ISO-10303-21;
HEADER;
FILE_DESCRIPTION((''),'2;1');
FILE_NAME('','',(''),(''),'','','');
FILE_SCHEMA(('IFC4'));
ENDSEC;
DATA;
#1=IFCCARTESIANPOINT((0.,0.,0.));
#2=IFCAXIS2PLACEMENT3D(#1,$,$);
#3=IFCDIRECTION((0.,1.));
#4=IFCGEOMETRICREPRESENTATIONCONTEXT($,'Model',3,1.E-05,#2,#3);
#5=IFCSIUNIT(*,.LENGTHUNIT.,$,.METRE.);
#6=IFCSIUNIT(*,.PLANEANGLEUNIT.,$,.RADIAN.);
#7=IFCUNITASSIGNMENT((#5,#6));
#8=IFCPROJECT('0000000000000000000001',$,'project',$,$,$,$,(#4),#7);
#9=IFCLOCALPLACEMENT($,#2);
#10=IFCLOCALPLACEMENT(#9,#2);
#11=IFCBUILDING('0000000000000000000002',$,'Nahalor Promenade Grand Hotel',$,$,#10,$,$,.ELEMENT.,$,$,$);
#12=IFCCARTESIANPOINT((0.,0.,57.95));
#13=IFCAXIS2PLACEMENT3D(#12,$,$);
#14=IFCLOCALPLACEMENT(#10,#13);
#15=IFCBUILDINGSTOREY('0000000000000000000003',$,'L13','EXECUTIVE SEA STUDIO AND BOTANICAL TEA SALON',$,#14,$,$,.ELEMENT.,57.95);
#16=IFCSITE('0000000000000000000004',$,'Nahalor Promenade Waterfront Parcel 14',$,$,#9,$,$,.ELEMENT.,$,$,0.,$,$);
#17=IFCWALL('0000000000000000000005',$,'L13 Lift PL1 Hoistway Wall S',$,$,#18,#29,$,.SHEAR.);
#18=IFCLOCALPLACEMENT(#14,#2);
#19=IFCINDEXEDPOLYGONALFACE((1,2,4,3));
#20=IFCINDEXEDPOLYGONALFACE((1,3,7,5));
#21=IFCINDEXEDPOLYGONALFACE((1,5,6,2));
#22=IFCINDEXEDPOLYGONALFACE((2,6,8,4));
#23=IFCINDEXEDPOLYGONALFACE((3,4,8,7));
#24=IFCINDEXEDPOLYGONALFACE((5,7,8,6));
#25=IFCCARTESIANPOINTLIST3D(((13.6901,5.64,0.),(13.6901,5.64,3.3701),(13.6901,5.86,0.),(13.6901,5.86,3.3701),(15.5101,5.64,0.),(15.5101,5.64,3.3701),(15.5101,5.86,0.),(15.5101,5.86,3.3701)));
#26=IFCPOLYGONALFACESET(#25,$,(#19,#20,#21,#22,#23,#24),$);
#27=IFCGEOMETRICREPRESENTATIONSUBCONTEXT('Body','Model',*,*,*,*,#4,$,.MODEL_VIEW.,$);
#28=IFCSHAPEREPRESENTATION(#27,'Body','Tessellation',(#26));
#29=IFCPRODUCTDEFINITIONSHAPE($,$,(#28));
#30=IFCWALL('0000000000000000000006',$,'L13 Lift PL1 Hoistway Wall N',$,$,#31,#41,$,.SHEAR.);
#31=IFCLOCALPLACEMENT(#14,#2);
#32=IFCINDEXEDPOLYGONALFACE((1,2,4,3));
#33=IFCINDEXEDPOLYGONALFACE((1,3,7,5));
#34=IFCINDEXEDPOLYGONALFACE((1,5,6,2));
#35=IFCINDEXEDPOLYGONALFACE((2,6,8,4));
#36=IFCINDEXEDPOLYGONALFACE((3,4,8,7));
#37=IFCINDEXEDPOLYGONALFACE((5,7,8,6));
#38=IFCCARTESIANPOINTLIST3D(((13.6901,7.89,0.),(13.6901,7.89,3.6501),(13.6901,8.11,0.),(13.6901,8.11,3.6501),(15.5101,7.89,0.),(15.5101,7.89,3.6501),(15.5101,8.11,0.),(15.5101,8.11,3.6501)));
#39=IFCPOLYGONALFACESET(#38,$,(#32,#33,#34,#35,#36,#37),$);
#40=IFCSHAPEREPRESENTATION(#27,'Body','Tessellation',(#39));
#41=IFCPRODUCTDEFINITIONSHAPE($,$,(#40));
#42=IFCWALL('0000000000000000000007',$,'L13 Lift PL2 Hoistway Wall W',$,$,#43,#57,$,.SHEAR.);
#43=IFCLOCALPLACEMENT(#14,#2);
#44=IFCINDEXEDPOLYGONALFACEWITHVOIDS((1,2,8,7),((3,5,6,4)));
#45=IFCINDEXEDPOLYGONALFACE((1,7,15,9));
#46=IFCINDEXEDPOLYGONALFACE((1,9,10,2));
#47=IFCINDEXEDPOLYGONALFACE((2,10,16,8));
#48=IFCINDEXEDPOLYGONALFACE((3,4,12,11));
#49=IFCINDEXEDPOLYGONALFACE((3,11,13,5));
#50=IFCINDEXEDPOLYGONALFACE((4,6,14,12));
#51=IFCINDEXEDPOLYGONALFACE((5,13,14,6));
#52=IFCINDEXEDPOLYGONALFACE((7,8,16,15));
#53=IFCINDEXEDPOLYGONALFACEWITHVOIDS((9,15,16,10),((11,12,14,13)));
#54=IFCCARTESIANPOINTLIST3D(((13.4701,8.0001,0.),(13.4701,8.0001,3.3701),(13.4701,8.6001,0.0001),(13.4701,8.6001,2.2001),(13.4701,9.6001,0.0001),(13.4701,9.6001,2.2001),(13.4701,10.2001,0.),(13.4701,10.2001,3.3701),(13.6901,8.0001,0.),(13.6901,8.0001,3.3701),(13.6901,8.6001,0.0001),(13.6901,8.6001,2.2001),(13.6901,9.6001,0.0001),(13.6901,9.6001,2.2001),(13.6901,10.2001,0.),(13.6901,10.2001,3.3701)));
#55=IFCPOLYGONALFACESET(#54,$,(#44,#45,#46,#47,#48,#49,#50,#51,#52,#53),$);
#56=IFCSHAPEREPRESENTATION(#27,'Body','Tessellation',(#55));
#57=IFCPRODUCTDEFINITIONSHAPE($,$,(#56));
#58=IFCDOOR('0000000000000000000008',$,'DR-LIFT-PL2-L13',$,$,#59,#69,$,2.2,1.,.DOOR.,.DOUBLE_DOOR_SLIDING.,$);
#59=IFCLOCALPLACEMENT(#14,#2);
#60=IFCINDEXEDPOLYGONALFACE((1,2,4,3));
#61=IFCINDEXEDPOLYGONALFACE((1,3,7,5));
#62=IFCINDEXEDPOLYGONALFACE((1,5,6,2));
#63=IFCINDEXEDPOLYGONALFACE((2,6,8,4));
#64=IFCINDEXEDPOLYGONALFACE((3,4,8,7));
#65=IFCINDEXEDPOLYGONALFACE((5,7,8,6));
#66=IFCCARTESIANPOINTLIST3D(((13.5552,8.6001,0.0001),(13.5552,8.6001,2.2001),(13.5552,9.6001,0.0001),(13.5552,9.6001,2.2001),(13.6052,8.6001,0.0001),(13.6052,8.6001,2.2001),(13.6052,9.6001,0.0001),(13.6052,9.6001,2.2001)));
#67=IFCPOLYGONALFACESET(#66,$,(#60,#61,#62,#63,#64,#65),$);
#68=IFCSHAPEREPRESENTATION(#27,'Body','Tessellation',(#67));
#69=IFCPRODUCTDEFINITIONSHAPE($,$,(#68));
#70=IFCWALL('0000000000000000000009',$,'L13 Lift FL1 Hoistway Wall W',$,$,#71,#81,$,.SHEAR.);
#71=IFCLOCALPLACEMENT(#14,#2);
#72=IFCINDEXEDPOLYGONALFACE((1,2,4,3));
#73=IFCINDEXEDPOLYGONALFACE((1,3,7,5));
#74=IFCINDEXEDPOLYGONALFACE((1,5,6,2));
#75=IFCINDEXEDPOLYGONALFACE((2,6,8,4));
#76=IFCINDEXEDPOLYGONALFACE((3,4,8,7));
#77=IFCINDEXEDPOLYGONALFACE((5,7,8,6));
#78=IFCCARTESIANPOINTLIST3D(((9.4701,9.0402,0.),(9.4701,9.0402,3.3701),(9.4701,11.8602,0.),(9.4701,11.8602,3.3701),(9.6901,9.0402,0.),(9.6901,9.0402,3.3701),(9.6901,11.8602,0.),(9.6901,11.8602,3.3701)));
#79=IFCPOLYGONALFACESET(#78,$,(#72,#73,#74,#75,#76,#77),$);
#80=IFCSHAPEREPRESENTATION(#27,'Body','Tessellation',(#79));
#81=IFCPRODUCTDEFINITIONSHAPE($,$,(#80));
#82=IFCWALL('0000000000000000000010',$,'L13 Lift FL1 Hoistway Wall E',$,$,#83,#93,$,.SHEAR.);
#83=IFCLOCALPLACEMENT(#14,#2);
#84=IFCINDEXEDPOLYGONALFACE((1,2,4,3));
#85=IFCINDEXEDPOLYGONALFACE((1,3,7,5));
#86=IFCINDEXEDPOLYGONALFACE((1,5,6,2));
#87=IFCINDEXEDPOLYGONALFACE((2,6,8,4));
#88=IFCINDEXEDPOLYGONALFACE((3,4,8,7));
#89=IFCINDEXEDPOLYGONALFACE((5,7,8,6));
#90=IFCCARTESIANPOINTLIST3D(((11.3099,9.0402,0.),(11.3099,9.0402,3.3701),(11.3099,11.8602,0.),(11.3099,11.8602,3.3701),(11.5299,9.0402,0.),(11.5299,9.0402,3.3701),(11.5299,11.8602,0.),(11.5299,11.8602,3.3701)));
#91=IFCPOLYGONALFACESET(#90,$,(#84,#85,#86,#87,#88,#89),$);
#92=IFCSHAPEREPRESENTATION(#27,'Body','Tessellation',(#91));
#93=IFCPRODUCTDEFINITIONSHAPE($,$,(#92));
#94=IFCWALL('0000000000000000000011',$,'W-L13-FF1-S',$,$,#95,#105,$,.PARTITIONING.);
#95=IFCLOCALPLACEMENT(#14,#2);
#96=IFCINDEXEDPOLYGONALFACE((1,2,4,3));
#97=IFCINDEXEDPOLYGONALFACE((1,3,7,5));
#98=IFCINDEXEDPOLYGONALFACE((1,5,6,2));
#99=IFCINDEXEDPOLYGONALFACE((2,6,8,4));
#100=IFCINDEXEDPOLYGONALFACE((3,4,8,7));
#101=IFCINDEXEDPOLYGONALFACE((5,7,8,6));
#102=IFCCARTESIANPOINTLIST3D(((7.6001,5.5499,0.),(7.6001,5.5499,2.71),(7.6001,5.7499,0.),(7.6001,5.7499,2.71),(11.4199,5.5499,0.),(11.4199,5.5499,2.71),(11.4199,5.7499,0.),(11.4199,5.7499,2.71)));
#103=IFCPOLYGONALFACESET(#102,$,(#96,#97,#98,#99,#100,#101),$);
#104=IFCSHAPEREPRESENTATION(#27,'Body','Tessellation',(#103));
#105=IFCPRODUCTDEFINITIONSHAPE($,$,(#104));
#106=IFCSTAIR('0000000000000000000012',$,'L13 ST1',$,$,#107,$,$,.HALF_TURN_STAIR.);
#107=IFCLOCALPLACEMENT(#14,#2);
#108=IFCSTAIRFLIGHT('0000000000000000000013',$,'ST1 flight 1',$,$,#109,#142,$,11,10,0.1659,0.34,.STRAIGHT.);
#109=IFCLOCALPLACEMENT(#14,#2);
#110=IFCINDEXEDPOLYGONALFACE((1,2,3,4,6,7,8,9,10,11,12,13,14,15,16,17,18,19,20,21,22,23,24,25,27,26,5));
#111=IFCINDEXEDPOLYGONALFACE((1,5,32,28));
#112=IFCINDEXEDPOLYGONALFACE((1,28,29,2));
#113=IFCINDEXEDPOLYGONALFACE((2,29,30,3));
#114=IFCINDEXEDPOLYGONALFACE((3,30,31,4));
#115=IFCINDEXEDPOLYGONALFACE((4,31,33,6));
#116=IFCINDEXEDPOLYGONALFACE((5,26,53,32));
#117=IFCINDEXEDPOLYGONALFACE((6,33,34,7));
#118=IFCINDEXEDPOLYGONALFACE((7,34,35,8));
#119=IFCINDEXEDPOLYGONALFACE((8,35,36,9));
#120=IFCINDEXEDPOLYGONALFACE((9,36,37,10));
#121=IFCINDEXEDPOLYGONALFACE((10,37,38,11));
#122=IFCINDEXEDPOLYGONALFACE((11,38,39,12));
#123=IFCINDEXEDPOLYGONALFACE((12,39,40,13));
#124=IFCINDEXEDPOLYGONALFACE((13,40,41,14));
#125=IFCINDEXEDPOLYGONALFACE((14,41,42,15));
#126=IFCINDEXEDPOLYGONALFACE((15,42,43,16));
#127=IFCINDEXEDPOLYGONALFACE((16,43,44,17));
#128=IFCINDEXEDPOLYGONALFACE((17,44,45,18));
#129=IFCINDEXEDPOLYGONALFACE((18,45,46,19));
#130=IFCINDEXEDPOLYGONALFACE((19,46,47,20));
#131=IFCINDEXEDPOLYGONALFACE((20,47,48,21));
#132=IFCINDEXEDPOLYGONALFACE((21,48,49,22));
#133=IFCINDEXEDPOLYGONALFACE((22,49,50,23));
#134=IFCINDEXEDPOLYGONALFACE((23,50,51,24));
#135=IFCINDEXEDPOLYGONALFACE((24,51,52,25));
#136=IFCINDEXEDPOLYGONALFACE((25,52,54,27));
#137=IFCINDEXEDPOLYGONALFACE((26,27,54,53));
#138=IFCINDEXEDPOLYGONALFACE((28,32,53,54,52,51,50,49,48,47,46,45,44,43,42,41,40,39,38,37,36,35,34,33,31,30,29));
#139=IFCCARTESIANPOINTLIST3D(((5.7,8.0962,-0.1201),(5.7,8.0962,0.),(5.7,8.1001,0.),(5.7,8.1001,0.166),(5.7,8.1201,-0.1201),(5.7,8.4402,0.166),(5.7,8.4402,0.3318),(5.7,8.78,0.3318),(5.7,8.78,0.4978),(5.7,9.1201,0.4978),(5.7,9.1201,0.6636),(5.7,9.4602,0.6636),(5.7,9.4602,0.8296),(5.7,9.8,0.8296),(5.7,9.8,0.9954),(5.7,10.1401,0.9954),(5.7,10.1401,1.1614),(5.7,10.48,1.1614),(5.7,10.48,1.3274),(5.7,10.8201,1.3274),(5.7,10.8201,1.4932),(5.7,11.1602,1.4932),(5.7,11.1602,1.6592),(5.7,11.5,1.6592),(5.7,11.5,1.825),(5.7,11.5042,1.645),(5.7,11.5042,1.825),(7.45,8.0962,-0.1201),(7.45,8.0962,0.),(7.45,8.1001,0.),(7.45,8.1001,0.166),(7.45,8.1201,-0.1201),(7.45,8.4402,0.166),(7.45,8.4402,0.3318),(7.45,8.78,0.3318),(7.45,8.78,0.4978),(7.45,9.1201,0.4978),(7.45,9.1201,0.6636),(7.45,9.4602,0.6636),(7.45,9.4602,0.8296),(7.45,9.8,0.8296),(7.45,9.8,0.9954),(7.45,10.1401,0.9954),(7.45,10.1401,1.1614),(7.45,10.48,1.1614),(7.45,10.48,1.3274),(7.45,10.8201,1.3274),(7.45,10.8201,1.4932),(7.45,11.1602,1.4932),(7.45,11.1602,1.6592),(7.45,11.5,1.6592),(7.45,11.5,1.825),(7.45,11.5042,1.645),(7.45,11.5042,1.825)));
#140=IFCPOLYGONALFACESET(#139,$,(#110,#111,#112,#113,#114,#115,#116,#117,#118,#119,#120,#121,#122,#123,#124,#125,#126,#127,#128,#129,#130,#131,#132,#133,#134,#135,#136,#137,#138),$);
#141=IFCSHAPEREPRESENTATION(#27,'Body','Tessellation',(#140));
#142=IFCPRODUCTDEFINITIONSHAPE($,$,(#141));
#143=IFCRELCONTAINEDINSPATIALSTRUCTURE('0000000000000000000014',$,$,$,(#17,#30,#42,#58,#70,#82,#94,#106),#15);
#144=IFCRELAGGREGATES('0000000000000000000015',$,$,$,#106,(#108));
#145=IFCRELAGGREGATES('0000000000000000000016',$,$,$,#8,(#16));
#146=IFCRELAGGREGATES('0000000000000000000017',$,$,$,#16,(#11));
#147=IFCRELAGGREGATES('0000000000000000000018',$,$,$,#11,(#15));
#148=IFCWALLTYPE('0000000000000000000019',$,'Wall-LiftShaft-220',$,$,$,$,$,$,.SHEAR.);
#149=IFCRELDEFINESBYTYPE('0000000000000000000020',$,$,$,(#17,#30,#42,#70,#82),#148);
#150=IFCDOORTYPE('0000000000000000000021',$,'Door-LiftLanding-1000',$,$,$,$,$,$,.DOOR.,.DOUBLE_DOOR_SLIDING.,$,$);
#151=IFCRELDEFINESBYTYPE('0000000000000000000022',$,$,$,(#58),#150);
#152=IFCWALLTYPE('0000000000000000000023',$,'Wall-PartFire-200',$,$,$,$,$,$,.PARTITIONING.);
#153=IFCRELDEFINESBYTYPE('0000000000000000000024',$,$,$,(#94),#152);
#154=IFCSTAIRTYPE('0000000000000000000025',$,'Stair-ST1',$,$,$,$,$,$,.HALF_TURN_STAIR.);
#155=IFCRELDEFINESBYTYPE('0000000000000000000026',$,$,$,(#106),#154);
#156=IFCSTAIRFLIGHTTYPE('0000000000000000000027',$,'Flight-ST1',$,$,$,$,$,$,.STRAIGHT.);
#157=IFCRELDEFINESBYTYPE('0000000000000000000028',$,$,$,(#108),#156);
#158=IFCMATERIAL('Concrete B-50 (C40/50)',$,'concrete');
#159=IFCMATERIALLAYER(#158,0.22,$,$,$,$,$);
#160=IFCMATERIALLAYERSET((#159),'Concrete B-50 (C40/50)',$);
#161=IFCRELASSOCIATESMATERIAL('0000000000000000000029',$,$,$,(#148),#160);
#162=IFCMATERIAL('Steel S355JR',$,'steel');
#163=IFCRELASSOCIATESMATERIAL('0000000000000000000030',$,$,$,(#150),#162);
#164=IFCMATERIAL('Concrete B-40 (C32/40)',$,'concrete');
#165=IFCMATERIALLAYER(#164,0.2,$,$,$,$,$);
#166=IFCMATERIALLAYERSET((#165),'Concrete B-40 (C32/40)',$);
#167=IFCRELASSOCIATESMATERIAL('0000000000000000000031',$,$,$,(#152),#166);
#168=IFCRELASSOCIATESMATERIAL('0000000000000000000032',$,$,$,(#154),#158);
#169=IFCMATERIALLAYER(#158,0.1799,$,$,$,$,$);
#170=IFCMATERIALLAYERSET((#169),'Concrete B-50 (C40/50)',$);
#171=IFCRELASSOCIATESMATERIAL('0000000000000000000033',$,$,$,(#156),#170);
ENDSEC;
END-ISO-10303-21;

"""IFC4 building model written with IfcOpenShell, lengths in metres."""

from ifc_helpers import new_model, si_unit, direction, frame, frame_2d, origin, place, context, subcontext, project, spatial, polyline, rectangle, outline, extrude, source, transform, mapped, material, layer, layer_set, type_object, element, fill, aggregate, save


model = new_model("IFC4")

# Units and contexts
model_context = context("Model", 3, precision=1e-05, world=origin(), true_north=direction((0.0, 1.0)))
body_context = subcontext(model_context, "Body", "Model", "MODEL_VIEW")
ifc_project = project(units=[si_unit("LENGTHUNIT", "METRE"), si_unit("PLANEANGLEUNIT", "RADIAN")], contexts=[model_context])

# Site, building, storey
site_placement = place(None, origin())
site = spatial("IfcSite", under=ifc_project, at=site_placement, Name="Nahalor Promenade Waterfront Parcel 14", CompositionType="ELEMENT", RefElevation=0.0)
building_placement = place(site_placement, origin())
building = spatial("IfcBuilding", under=site, at=building_placement, Name="Nahalor Promenade Grand Hotel", CompositionType="ELEMENT")
storey_placement = place(building_placement, frame((0.0, 0.0, 57.95)))
storey = spatial("IfcBuildingStorey", under=building, at=storey_placement, Name="L13", Description="EXECUTIVE SEA STUDIO AND BOTANICAL TEA SALON", CompositionType="ELEMENT", Elevation=57.95)

# Shared definitions
ifc_material_1 = material(Name="Steel S355JR", Category="steel")

# Shared definitions
ifc_material_2 = material(Name="Concrete B-50 (C40/50)", Category="concrete")
ifc_layer_1 = layer(ifc_material_2, 0.22)
ifc_layer_set_1 = layer_set([ifc_layer_1], Name="Concrete B-50 (C40/50)")
wall_type_1 = type_object("IfcWallType", Name="Wall-LiftShaft-220", PredefinedType="SHEAR", material=ifc_layer_set_1)
door_type_1 = type_object("IfcDoorType", Name="Door-LiftLanding-1000", OperationType="DOUBLE_DOOR_SLIDING", PredefinedType="DOOR", material=ifc_material_1)
shared_shape_1 = source(origin(), body_context, "Body", "SweptSolid", [
    extrude(rectangle(XDim=1.0, YDim=2.2, at=frame_2d((0.5, 1.1001))), frame((0.0, 0.0249, 0.0), z_axis=(0.0, -1.0, 0.0), x_axis=(1.0, 0.0, 0.0)), (0.0, 0.0, 1.0), 0.05),
])

# Walls
shared_shape_2 = source(origin(), body_context, "Body", "SweptSolid", [
    extrude(rectangle(XDim=1.8201, YDim=0.22, at=frame_2d((0.9102, 0.0))), origin(), (0.0, 0.0, 1.0), 3.3701),
])
wall_1_placement = place(storey_placement, frame((13.6899, 5.75, 0.0), z_axis=(0.0, 0.0, 1.0), x_axis=(1.0, 0.0, 0.0)))
element("IfcWall", 1, at=wall_1_placement, inside=storey, type_object=wall_type_1, Name="L13 Lift PL1 Hoistway Wall S", PredefinedType="SHEAR", context=body_context, shape_type="MappedRepresentation", body=[
    mapped(shared_shape_2, transform((0.0, 0.0, 0.0), scale=1.0)),
])
shared_shape_3 = source(origin(), body_context, "Body", "SweptSolid", [
    extrude(rectangle(XDim=1.8201, YDim=0.22, at=frame_2d((0.9102, 0.0))), origin(), (0.0, 0.0, 1.0), 3.6501),
])
wall_2_placement = place(storey_placement, frame((13.6899, 8.0, 0.0), z_axis=(0.0, 0.0, 1.0), x_axis=(1.0, 0.0, 0.0)))
element("IfcWall", 2, at=wall_2_placement, inside=storey, type_object=wall_type_1, Name="L13 Lift PL1 Hoistway Wall N", PredefinedType="SHEAR", context=body_context, shape_type="MappedRepresentation", body=[
    mapped(shared_shape_3, transform((0.0, 0.0, 0.0), scale=1.0)),
])

# Wall, opening, door
shared_shape_4 = source(origin(), body_context, "Body", "SweptSolid", [
    extrude(rectangle(XDim=2.2, YDim=0.22, at=frame_2d((1.1001, 0.0))), origin(), (0.0, 0.0, 1.0), 3.3701),
])
wall_3_placement = place(storey_placement, frame((13.5801, 8.0, 0.0), z_axis=(0.0, 0.0, 1.0), x_axis=(0.0, 1.0, 0.0)))
wall_3 = element("IfcWall", 3, at=wall_3_placement, inside=storey, type_object=wall_type_1, Name="L13 Lift PL2 Hoistway Wall W", PredefinedType="SHEAR", context=body_context, shape_type="MappedRepresentation", body=[
    mapped(shared_shape_4, transform((0.0, 0.0, 0.0), scale=1.0)),
])
opening_1_placement = place(wall_3_placement, frame((0.6001, 0.0, 0.0)))
opening_1 = element("IfcOpeningElement", 4, at=opening_1_placement, cuts=wall_3, PredefinedType="OPENING", context=body_context, shape_type="SweptSolid", body=[
    extrude(rectangle(XDim=1.0, YDim=2.2, at=frame_2d((0.5, 1.1001))), frame((0.0, 0.1199, 0.0), z_axis=(0.0, -1.0, 0.0), x_axis=(1.0, 0.0, 0.0)), (0.0, 0.0, 1.0), 0.24),
])
door_1_placement = place(opening_1_placement, origin())
door_1 = element("IfcDoor", 5, at=door_1_placement, inside=storey, type_object=door_type_1, Name="DR-LIFT-PL2-L13", OperationType="DOUBLE_DOOR_SLIDING", OverallHeight=2.2, OverallWidth=1.0, PredefinedType="DOOR", context=body_context, shape_type="MappedRepresentation", body=[
    mapped(shared_shape_1, transform((0.0, 0.0, 0.0), scale=1.0)),
])
fill(opening_1, door_1)

# Walls
shared_shape_5 = source(origin(), body_context, "Body", "SweptSolid", [
    extrude(rectangle(XDim=2.8201, YDim=0.22, at=frame_2d((1.4102, 0.0))), origin(), (0.0, 0.0, 1.0), 3.3701),
])
for number, where, z_axis, x_axis, name in (
    (6, (9.5801, 9.04, 0.0), (0.0, 0.0, 1.0), (0.0, 1.0, 0.0), "L13 Lift FL1 Hoistway Wall W"),
    (7, (11.4199, 9.04, 0.0), (0.0, 0.0, 1.0), (0.0, 1.0, 0.0), "L13 Lift FL1 Hoistway Wall E"),
):
    element("IfcWall", number, at=place(storey_placement, frame(where, z_axis=z_axis, x_axis=x_axis)), inside=storey, type_object=wall_type_1, Name=name, PredefinedType="SHEAR", context=body_context, shape_type="MappedRepresentation", body=[
        mapped(shared_shape_5, transform((0.0, 0.0, 0.0), scale=1.0)),
    ])
ifc_material_3 = material(Name="Concrete B-40 (C32/40)", Category="concrete")
ifc_layer_2 = layer(ifc_material_3, 0.2)
ifc_layer_set_2 = layer_set([ifc_layer_2], Name="Concrete B-40 (C32/40)")
wall_type_2 = type_object("IfcWallType", Name="Wall-PartFire-200", PredefinedType="PARTITIONING", material=ifc_layer_set_2)
shared_shape_6 = source(origin(), body_context, "Body", "SweptSolid", [
    extrude(rectangle(XDim=3.8198, YDim=0.2, at=frame_2d((1.9099, 0.0))), origin(), (0.0, 0.0, 1.0), 2.71),
])
wall_4_placement = place(storey_placement, frame((7.6001, 5.6499, 0.0), z_axis=(0.0, 0.0, 1.0), x_axis=(1.0, 0.0, 0.0)))
element("IfcWall", 8, at=wall_4_placement, inside=storey, type_object=wall_type_2, Name="W-L13-FF1-S", PredefinedType="PARTITIONING", context=body_context, shape_type="MappedRepresentation", body=[
    mapped(shared_shape_6, transform((0.0, 0.0, 0.0), scale=1.0)),
])

# Stair, stair flight
stair_type = type_object("IfcStairType", Name="Stair-ST1", PredefinedType="HALF_TURN_STAIR", material=ifc_material_2)
stair_placement = place(storey_placement, origin())
stair = element("IfcStair", 9, at=stair_placement, inside=storey, type_object=stair_type, Name="L13 ST1", PredefinedType="HALF_TURN_STAIR")
ifc_layer_3 = layer(ifc_material_2, 0.1799)
ifc_layer_set_3 = layer_set([ifc_layer_3], Name="Concrete B-50 (C40/50)")
stair_flight_type = type_object("IfcStairFlightType", Name="Flight-ST1", PredefinedType="STRAIGHT", material=ifc_layer_set_3)
shared_shape_7 = source(origin(), body_context, "Body", "SweptSolid", [
    extrude(outline(polyline([(-0.0039, -0.1201), (-0.0039, 0.0), (0.0, 0.0), (0.0, 0.166), (0.3401, 0.166), (0.3401, 0.3318), (0.6799, 0.3318), (0.6799, 0.4978), (1.02, 0.4978), (1.02, 0.6636), (1.3601, 0.6636), (1.3601, 0.8296), (1.7, 0.8296), (1.7, 0.9954), (2.04, 0.9954), (2.04, 1.1614), (2.3799, 1.1614), (2.3799, 1.3274), (2.72, 1.3274), (2.72, 1.4932), (3.0601, 1.4932), (3.0601, 1.6592), (3.3999, 1.6592), (3.3999, 1.825), (3.4041, 1.825), (3.4041, 1.645), (0.02, -0.1201), (-0.0039, -0.1201)])), frame((0.0, 0.875, 0.0), z_axis=(0.0, -1.0, 0.0), x_axis=(1.0, 0.0, 0.0)), (0.0, 0.0, 1.0), 1.75),
])
stair_flight_placement = place(storey_placement, frame((6.575, 8.1001, 0.0), z_axis=(0.0, 0.0, 1.0), x_axis=(0.0, 1.0, 0.0)))
stair_flight = element("IfcStairFlight", 10, at=stair_flight_placement, type_object=stair_flight_type, Name="ST1 flight 1", NumberOfRisers=11, NumberOfTreads=10, PredefinedType="STRAIGHT", RiserHeight=0.1659, TreadLength=0.34, context=body_context, shape_type="MappedRepresentation", body=[
    mapped(shared_shape_7, transform((0.0, 0.0, 0.0), scale=1.0)),
])
aggregate(stair, [stair_flight])

save(model, "model.ifc")
